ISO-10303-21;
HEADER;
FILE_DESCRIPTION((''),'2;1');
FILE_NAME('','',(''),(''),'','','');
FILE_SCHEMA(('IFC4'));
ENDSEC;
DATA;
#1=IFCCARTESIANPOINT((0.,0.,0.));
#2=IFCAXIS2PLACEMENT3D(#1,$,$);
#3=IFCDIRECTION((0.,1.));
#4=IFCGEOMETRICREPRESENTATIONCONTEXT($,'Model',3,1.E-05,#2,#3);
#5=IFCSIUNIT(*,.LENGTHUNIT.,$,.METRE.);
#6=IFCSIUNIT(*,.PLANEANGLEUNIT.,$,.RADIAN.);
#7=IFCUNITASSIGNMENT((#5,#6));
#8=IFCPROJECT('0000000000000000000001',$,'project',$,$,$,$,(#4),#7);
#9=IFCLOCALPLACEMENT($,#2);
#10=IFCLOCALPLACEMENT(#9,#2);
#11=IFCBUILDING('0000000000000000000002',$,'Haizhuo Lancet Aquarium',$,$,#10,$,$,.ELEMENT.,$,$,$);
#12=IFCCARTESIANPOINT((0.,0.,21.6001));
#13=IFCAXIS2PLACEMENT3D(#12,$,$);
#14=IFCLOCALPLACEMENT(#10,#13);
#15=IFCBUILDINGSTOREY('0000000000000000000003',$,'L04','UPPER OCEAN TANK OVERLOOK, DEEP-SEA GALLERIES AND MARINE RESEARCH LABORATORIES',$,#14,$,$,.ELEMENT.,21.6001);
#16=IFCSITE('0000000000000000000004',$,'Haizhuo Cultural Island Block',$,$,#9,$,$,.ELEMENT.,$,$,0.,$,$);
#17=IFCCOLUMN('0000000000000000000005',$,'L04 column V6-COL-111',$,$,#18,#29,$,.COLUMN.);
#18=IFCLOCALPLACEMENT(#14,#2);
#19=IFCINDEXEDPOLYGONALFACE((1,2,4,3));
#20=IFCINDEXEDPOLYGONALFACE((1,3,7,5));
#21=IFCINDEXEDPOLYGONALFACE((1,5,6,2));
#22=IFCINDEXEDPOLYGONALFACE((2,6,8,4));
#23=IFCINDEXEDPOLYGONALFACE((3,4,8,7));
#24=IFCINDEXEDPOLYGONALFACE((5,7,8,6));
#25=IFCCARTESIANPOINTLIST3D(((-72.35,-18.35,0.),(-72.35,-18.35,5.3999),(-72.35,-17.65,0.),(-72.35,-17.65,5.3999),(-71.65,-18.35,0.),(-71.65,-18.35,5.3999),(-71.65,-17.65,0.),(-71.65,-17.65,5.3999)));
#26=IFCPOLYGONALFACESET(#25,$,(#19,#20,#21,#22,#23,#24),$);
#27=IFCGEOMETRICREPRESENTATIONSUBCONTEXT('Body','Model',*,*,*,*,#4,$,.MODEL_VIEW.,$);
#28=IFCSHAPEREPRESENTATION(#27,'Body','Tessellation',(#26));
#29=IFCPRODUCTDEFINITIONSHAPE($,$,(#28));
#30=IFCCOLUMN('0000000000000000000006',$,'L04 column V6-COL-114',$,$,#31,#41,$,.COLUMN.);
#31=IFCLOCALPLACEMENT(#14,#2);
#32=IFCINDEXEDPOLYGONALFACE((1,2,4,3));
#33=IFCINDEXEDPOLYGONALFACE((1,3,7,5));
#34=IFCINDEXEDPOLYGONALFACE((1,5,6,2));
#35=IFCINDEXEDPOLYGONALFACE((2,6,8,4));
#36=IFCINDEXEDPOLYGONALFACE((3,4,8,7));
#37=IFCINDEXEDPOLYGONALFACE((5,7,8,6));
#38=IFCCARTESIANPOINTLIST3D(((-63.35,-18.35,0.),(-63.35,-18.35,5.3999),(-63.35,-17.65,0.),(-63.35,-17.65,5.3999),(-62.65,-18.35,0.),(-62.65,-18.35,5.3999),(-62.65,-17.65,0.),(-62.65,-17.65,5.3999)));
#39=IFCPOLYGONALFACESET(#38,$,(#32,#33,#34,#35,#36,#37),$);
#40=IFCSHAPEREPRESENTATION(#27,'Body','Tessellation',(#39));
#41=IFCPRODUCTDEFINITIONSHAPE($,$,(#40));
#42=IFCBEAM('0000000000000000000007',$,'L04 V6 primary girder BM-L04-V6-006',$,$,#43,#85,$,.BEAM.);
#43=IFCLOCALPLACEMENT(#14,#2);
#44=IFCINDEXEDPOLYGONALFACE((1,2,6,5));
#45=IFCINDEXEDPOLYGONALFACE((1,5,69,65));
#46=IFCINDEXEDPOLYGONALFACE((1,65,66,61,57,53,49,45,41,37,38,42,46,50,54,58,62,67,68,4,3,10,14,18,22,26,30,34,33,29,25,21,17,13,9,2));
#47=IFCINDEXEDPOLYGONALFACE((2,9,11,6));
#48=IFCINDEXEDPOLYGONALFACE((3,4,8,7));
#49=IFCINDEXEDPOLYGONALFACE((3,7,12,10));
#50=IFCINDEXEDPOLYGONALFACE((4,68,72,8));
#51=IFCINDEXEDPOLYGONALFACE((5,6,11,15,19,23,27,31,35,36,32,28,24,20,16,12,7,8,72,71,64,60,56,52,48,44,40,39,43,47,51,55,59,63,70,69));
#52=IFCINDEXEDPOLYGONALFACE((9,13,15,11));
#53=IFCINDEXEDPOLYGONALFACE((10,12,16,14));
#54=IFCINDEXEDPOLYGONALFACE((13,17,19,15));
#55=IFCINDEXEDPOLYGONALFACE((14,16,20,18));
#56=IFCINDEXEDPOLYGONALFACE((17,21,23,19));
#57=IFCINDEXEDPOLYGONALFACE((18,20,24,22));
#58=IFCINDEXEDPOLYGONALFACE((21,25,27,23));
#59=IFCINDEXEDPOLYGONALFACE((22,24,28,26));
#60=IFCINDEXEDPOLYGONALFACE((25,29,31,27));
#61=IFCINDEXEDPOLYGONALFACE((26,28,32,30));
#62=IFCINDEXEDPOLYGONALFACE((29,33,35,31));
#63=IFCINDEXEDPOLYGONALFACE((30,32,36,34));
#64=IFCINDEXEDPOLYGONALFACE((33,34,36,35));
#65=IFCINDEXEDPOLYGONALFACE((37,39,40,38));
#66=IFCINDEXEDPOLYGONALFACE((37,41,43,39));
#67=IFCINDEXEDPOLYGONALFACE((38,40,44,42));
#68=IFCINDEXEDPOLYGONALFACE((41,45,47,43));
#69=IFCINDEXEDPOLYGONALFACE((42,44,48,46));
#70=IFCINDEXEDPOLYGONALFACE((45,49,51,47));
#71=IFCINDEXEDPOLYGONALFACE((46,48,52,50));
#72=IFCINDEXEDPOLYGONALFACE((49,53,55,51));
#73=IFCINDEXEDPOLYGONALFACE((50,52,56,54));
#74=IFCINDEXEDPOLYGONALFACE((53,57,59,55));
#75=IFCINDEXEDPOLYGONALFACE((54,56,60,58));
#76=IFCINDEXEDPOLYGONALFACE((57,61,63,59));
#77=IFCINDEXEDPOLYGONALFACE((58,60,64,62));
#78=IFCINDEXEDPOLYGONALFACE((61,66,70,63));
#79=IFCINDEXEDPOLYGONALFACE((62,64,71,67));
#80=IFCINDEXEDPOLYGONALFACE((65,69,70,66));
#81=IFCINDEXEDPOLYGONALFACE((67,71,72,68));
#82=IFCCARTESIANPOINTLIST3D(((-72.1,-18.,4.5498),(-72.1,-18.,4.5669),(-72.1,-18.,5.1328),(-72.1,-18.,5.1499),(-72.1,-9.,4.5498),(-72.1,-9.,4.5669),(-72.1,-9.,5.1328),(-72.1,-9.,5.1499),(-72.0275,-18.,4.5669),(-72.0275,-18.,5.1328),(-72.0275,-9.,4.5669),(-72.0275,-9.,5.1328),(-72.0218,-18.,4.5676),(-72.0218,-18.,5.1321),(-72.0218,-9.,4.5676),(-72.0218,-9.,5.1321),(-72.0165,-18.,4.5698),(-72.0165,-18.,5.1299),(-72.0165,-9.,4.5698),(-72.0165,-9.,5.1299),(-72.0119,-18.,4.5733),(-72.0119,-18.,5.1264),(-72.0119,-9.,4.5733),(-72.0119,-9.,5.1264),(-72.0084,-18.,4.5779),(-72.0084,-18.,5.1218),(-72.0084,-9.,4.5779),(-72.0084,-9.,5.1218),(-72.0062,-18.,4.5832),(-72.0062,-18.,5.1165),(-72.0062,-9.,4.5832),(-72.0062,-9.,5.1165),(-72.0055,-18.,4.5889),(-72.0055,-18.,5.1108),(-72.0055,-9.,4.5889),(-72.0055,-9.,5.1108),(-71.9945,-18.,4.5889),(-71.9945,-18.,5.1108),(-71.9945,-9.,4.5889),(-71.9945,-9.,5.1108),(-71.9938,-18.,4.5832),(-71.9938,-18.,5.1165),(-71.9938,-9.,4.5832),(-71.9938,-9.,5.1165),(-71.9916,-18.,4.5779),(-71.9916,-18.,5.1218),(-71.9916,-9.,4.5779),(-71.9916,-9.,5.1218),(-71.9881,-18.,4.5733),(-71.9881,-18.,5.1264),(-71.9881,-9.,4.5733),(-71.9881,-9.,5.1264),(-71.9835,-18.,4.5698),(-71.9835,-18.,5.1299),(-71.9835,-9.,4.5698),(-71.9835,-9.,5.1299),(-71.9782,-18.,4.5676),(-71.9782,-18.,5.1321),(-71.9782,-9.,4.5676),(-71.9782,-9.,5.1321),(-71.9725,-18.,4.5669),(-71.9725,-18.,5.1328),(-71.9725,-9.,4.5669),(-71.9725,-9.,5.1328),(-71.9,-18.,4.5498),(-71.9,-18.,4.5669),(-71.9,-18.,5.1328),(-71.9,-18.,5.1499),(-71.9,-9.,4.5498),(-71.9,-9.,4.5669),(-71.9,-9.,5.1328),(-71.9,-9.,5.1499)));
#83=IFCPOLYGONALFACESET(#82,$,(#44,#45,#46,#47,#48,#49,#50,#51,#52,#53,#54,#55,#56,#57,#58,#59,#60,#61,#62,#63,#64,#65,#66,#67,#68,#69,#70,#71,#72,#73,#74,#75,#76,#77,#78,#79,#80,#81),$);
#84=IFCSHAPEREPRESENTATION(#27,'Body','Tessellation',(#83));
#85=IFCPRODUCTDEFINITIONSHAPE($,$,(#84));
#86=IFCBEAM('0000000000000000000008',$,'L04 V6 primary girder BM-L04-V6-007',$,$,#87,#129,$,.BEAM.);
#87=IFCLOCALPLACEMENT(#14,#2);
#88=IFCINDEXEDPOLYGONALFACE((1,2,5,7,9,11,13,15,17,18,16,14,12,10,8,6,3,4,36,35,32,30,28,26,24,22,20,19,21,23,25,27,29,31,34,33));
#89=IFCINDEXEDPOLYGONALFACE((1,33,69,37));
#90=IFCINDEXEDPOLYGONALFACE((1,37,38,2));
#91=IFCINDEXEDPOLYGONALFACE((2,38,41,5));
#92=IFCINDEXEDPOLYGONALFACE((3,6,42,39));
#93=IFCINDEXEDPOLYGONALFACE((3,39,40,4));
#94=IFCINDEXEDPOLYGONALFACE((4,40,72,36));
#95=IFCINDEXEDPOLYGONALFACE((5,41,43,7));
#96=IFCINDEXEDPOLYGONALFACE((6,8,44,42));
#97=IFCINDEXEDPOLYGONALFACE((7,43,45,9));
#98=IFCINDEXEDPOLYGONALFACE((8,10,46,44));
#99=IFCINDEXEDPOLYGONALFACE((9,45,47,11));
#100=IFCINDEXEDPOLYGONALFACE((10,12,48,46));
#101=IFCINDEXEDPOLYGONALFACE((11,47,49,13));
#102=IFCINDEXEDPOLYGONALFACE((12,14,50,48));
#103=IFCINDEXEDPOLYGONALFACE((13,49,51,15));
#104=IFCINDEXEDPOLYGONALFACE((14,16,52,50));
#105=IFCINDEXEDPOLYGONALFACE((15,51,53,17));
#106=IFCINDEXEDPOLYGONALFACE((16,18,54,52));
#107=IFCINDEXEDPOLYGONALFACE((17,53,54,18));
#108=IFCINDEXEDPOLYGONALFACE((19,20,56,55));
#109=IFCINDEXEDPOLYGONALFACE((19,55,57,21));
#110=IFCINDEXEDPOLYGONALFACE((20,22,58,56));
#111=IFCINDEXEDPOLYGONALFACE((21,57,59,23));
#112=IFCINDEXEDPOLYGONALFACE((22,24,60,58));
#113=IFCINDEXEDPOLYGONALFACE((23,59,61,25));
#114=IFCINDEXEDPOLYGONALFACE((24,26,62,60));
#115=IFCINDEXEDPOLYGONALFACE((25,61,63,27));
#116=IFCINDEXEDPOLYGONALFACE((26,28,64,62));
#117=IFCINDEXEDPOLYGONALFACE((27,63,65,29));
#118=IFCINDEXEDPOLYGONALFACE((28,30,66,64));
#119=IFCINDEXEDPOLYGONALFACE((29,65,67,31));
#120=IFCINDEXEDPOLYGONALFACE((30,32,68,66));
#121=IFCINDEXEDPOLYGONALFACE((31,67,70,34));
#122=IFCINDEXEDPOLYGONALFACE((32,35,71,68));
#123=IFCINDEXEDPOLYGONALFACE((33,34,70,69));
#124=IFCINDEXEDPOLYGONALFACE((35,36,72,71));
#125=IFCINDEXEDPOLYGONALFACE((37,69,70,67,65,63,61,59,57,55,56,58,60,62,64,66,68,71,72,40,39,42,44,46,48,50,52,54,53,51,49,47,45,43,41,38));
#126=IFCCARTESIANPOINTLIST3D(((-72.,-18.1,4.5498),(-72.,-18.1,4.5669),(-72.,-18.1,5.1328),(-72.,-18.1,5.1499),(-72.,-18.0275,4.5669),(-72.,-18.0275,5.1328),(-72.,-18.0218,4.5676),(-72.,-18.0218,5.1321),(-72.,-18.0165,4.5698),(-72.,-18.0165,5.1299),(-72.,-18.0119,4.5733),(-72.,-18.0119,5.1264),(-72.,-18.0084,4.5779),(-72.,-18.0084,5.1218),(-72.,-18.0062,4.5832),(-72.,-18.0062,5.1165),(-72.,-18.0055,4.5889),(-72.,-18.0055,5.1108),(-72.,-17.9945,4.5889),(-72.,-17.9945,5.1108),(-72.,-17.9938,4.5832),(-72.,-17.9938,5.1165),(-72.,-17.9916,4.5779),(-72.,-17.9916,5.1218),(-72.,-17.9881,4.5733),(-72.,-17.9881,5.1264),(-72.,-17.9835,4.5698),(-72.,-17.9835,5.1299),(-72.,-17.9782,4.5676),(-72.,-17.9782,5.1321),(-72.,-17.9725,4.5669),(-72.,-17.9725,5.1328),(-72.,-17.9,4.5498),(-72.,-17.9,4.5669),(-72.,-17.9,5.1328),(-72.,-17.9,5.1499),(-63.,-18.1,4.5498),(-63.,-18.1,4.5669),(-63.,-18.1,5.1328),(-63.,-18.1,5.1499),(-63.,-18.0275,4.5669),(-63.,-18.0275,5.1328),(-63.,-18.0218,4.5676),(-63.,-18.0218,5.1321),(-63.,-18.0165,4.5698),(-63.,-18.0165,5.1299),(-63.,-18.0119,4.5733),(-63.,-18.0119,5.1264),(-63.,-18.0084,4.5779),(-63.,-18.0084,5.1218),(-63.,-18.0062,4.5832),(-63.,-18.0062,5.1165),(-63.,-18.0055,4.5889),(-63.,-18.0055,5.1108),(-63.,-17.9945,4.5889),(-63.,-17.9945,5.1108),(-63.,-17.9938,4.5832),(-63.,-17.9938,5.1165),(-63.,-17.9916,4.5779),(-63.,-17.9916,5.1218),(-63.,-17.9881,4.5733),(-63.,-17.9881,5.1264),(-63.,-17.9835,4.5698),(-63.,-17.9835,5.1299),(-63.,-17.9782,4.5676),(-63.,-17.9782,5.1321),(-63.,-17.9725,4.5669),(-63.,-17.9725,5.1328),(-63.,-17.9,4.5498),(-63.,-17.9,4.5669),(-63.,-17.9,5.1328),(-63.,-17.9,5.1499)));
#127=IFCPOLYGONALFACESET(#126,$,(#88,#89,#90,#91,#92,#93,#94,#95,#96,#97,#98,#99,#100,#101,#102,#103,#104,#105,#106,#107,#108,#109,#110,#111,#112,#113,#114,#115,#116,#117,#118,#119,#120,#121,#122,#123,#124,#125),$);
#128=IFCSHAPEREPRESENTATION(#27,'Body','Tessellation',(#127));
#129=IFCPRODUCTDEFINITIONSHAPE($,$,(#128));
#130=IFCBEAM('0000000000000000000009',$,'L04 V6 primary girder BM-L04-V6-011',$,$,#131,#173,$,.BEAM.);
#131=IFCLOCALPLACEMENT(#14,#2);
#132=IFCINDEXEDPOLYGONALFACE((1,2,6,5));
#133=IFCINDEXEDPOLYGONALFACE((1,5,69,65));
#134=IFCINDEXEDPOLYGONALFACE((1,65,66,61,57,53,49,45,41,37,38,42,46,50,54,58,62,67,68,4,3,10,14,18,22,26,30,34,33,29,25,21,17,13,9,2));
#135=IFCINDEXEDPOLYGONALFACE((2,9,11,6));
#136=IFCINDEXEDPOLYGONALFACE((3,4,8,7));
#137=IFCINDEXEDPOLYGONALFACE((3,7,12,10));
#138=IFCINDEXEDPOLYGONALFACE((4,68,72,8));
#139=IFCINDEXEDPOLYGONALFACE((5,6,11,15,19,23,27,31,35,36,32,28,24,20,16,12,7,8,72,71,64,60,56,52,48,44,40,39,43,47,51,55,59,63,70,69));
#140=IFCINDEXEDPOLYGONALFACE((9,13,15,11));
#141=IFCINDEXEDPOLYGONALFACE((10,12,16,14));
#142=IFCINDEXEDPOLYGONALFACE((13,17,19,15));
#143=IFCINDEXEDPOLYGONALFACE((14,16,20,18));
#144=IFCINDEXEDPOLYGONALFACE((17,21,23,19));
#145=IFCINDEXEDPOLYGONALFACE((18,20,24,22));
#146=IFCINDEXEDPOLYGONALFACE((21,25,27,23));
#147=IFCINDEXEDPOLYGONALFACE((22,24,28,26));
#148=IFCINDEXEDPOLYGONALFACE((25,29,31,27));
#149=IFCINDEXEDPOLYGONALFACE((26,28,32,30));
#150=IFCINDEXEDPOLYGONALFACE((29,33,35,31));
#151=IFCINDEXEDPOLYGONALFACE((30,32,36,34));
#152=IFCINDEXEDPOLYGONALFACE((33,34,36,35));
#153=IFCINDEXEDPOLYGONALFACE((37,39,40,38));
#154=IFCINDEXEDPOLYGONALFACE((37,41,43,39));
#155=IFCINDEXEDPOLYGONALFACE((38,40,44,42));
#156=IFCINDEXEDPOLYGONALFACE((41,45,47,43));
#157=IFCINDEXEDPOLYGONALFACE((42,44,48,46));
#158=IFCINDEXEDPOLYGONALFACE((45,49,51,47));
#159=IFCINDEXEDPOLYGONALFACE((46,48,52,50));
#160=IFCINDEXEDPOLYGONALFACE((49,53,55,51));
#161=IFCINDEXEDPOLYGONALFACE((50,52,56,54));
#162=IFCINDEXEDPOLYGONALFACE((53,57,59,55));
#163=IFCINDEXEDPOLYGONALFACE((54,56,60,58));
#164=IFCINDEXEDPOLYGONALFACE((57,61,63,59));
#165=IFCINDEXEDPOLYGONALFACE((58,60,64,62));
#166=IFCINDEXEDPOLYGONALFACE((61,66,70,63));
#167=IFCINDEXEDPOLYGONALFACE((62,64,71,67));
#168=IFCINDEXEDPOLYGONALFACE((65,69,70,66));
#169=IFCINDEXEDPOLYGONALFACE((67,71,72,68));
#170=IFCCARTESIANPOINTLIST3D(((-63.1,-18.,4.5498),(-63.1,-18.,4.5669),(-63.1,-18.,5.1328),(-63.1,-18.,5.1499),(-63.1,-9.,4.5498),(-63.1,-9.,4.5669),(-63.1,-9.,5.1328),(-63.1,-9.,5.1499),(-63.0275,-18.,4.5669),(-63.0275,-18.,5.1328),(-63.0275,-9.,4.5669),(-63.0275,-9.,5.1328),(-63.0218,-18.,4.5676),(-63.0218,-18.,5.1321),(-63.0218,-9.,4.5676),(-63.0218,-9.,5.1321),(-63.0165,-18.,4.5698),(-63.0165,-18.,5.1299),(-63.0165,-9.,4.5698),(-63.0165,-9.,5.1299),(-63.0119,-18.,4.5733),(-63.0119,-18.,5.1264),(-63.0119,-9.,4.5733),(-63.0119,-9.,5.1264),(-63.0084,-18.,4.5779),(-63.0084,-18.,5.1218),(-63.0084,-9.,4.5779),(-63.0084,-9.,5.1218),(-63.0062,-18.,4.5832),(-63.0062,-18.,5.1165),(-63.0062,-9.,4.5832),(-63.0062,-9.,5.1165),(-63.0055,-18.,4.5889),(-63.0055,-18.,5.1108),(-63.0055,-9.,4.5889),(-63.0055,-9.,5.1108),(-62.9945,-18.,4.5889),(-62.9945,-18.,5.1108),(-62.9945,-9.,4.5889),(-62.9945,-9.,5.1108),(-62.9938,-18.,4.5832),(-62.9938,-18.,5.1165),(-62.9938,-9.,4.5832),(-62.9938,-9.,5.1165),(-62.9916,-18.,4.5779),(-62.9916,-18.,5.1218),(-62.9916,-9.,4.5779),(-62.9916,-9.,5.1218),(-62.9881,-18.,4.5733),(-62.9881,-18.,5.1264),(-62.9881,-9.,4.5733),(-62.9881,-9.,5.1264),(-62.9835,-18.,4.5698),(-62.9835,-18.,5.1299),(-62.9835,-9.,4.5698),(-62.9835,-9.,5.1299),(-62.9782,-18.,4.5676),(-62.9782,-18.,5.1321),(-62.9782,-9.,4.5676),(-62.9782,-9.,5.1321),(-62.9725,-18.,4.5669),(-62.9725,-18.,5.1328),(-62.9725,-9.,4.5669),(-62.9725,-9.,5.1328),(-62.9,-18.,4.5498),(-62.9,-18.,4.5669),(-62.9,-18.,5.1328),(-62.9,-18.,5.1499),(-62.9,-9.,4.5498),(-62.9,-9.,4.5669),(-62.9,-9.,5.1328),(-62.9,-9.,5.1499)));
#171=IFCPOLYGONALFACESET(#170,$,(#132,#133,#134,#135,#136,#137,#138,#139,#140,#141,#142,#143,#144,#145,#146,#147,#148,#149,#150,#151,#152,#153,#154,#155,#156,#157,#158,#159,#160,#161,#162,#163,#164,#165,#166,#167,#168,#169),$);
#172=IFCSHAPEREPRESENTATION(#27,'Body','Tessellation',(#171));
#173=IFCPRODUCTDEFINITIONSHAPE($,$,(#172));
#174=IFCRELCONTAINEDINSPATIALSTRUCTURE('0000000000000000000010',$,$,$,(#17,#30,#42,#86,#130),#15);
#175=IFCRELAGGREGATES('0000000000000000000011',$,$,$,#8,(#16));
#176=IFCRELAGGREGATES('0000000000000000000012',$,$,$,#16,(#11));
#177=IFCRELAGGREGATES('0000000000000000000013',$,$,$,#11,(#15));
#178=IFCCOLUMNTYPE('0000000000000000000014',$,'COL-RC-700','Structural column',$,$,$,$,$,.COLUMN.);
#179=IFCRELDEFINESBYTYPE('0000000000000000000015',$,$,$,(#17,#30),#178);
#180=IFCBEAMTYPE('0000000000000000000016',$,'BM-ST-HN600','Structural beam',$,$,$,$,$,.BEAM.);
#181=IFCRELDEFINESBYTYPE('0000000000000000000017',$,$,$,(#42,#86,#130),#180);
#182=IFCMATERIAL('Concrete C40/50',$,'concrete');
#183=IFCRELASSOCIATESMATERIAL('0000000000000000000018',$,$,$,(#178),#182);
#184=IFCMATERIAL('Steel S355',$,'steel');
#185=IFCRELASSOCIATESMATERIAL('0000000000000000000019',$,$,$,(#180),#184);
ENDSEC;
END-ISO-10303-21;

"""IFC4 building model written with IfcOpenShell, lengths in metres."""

from ifc_helpers import new_model, si_unit, direction, frame, origin, origin_2d, place, context, subcontext, project, spatial, rectangle, i_section, extrude, material, material_profile, profile_set, type_object, element, save


model = new_model("IFC4")

# Units and contexts
model_context = context("Model", 3, precision=1e-05, world=origin(), true_north=direction((0.0, 1.0)))
body_context = subcontext(model_context, "Body", "Model", "MODEL_VIEW")
ifc_project = project(units=[si_unit("LENGTHUNIT", "METRE"), si_unit("PLANEANGLEUNIT", "RADIAN")], contexts=[model_context])

# Site, building, storey
site_placement = place(None, origin())
site = spatial("IfcSite", under=ifc_project, at=site_placement, Name="Haizhuo Cultural Island Block", CompositionType="ELEMENT", RefElevation=0.0)
building_placement = place(site_placement, origin())
building = spatial("IfcBuilding", under=site, at=building_placement, Name="Haizhuo Lancet Aquarium", CompositionType="ELEMENT")
storey_placement = place(building_placement, frame((0.0, 0.0, 21.6001)))
storey = spatial("IfcBuildingStorey", under=building, at=storey_placement, Name="L04", Description="UPPER OCEAN TANK OVERLOOK, DEEP-SEA GALLERIES AND MARINE RESEARCH LABORATORIES", CompositionType="ELEMENT", Elevation=21.6001)

# Columns
ifc_material_1 = material(Name="Concrete C40/50", Category="concrete")
ifc_material_profile_1 = material_profile(ifc_material_1, rectangle(XDim=0.7, YDim=0.7, at=origin_2d()), Name="RC-COL 700x700")
ifc_profile_set_1 = profile_set([ifc_material_profile_1], Name="Concrete C40/50")
column_type = type_object("IfcColumnType", Name="COL-RC-700", Description="Structural column", PredefinedType="COLUMN", material=ifc_profile_set_1)
for number, where, z_axis, x_axis, name in (
    (1, (-72.0, -18.0, 0.0), (0.0, 0.0, 1.0), (1.0, 0.0, 0.0), "L04 column V6-COL-111"),
    (2, (-63.0, -18.0, 0.0), (0.0, 0.0, 1.0), (1.0, 0.0, 0.0), "L04 column V6-COL-114"),
):
    element("IfcColumn", number, at=place(storey_placement, frame(where, z_axis=z_axis, x_axis=x_axis)), inside=storey, type_object=column_type, Name=name, PredefinedType="COLUMN", context=body_context, shape_type="SweptSolid", body=[
        extrude(rectangle(XDim=0.7, YDim=0.7, at=origin_2d()), origin(), (0.0, 0.0, 1.0), 5.3999),
    ])

# Beams
ifc_material_2 = material(Name="Steel S355", Category="steel")
ifc_material_profile_2 = material_profile(ifc_material_2, i_section(OverallWidth=0.2, OverallDepth=0.6001, WebThickness=0.011, FlangeThickness=0.0171, FilletRadius=0.022, at=origin_2d()), Name="HN 600x200x11x17")
ifc_profile_set_2 = profile_set([ifc_material_profile_2], Name="Steel S355")
beam_type_1 = type_object("IfcBeamType", Name="BM-ST-HN600", Description="Structural beam", PredefinedType="BEAM", material=ifc_profile_set_2)
for number, where, z_axis, x_axis, name in (
    (3, (-72.0, -18.0, 4.8499), (0.0, 1.0, 0.0), (-1.0, 0.0, 0.0), "L04 V6 primary girder BM-L04-V6-006"),
    (4, (-72.0, -18.0, 4.8499), (1.0, 0.0, 0.0), (0.0, 1.0, 0.0), "L04 V6 primary girder BM-L04-V6-007"),
    (5, (-63.0, -18.0, 4.8499), (0.0, 1.0, 0.0), (-1.0, 0.0, 0.0), "L04 V6 primary girder BM-L04-V6-011"),
):
    element("IfcBeam", number, at=place(storey_placement, frame(where, z_axis=z_axis, x_axis=x_axis)), inside=storey, type_object=beam_type_1, Name=name, PredefinedType="BEAM", context=body_context, shape_type="SweptSolid", body=[
        extrude(i_section(OverallWidth=0.2, OverallDepth=0.6001, WebThickness=0.011, FlangeThickness=0.0171, FilletRadius=0.022, at=origin_2d()), origin(), (0.0, 0.0, 1.0), 9.0),
    ])

save(model, "model.ifc")
